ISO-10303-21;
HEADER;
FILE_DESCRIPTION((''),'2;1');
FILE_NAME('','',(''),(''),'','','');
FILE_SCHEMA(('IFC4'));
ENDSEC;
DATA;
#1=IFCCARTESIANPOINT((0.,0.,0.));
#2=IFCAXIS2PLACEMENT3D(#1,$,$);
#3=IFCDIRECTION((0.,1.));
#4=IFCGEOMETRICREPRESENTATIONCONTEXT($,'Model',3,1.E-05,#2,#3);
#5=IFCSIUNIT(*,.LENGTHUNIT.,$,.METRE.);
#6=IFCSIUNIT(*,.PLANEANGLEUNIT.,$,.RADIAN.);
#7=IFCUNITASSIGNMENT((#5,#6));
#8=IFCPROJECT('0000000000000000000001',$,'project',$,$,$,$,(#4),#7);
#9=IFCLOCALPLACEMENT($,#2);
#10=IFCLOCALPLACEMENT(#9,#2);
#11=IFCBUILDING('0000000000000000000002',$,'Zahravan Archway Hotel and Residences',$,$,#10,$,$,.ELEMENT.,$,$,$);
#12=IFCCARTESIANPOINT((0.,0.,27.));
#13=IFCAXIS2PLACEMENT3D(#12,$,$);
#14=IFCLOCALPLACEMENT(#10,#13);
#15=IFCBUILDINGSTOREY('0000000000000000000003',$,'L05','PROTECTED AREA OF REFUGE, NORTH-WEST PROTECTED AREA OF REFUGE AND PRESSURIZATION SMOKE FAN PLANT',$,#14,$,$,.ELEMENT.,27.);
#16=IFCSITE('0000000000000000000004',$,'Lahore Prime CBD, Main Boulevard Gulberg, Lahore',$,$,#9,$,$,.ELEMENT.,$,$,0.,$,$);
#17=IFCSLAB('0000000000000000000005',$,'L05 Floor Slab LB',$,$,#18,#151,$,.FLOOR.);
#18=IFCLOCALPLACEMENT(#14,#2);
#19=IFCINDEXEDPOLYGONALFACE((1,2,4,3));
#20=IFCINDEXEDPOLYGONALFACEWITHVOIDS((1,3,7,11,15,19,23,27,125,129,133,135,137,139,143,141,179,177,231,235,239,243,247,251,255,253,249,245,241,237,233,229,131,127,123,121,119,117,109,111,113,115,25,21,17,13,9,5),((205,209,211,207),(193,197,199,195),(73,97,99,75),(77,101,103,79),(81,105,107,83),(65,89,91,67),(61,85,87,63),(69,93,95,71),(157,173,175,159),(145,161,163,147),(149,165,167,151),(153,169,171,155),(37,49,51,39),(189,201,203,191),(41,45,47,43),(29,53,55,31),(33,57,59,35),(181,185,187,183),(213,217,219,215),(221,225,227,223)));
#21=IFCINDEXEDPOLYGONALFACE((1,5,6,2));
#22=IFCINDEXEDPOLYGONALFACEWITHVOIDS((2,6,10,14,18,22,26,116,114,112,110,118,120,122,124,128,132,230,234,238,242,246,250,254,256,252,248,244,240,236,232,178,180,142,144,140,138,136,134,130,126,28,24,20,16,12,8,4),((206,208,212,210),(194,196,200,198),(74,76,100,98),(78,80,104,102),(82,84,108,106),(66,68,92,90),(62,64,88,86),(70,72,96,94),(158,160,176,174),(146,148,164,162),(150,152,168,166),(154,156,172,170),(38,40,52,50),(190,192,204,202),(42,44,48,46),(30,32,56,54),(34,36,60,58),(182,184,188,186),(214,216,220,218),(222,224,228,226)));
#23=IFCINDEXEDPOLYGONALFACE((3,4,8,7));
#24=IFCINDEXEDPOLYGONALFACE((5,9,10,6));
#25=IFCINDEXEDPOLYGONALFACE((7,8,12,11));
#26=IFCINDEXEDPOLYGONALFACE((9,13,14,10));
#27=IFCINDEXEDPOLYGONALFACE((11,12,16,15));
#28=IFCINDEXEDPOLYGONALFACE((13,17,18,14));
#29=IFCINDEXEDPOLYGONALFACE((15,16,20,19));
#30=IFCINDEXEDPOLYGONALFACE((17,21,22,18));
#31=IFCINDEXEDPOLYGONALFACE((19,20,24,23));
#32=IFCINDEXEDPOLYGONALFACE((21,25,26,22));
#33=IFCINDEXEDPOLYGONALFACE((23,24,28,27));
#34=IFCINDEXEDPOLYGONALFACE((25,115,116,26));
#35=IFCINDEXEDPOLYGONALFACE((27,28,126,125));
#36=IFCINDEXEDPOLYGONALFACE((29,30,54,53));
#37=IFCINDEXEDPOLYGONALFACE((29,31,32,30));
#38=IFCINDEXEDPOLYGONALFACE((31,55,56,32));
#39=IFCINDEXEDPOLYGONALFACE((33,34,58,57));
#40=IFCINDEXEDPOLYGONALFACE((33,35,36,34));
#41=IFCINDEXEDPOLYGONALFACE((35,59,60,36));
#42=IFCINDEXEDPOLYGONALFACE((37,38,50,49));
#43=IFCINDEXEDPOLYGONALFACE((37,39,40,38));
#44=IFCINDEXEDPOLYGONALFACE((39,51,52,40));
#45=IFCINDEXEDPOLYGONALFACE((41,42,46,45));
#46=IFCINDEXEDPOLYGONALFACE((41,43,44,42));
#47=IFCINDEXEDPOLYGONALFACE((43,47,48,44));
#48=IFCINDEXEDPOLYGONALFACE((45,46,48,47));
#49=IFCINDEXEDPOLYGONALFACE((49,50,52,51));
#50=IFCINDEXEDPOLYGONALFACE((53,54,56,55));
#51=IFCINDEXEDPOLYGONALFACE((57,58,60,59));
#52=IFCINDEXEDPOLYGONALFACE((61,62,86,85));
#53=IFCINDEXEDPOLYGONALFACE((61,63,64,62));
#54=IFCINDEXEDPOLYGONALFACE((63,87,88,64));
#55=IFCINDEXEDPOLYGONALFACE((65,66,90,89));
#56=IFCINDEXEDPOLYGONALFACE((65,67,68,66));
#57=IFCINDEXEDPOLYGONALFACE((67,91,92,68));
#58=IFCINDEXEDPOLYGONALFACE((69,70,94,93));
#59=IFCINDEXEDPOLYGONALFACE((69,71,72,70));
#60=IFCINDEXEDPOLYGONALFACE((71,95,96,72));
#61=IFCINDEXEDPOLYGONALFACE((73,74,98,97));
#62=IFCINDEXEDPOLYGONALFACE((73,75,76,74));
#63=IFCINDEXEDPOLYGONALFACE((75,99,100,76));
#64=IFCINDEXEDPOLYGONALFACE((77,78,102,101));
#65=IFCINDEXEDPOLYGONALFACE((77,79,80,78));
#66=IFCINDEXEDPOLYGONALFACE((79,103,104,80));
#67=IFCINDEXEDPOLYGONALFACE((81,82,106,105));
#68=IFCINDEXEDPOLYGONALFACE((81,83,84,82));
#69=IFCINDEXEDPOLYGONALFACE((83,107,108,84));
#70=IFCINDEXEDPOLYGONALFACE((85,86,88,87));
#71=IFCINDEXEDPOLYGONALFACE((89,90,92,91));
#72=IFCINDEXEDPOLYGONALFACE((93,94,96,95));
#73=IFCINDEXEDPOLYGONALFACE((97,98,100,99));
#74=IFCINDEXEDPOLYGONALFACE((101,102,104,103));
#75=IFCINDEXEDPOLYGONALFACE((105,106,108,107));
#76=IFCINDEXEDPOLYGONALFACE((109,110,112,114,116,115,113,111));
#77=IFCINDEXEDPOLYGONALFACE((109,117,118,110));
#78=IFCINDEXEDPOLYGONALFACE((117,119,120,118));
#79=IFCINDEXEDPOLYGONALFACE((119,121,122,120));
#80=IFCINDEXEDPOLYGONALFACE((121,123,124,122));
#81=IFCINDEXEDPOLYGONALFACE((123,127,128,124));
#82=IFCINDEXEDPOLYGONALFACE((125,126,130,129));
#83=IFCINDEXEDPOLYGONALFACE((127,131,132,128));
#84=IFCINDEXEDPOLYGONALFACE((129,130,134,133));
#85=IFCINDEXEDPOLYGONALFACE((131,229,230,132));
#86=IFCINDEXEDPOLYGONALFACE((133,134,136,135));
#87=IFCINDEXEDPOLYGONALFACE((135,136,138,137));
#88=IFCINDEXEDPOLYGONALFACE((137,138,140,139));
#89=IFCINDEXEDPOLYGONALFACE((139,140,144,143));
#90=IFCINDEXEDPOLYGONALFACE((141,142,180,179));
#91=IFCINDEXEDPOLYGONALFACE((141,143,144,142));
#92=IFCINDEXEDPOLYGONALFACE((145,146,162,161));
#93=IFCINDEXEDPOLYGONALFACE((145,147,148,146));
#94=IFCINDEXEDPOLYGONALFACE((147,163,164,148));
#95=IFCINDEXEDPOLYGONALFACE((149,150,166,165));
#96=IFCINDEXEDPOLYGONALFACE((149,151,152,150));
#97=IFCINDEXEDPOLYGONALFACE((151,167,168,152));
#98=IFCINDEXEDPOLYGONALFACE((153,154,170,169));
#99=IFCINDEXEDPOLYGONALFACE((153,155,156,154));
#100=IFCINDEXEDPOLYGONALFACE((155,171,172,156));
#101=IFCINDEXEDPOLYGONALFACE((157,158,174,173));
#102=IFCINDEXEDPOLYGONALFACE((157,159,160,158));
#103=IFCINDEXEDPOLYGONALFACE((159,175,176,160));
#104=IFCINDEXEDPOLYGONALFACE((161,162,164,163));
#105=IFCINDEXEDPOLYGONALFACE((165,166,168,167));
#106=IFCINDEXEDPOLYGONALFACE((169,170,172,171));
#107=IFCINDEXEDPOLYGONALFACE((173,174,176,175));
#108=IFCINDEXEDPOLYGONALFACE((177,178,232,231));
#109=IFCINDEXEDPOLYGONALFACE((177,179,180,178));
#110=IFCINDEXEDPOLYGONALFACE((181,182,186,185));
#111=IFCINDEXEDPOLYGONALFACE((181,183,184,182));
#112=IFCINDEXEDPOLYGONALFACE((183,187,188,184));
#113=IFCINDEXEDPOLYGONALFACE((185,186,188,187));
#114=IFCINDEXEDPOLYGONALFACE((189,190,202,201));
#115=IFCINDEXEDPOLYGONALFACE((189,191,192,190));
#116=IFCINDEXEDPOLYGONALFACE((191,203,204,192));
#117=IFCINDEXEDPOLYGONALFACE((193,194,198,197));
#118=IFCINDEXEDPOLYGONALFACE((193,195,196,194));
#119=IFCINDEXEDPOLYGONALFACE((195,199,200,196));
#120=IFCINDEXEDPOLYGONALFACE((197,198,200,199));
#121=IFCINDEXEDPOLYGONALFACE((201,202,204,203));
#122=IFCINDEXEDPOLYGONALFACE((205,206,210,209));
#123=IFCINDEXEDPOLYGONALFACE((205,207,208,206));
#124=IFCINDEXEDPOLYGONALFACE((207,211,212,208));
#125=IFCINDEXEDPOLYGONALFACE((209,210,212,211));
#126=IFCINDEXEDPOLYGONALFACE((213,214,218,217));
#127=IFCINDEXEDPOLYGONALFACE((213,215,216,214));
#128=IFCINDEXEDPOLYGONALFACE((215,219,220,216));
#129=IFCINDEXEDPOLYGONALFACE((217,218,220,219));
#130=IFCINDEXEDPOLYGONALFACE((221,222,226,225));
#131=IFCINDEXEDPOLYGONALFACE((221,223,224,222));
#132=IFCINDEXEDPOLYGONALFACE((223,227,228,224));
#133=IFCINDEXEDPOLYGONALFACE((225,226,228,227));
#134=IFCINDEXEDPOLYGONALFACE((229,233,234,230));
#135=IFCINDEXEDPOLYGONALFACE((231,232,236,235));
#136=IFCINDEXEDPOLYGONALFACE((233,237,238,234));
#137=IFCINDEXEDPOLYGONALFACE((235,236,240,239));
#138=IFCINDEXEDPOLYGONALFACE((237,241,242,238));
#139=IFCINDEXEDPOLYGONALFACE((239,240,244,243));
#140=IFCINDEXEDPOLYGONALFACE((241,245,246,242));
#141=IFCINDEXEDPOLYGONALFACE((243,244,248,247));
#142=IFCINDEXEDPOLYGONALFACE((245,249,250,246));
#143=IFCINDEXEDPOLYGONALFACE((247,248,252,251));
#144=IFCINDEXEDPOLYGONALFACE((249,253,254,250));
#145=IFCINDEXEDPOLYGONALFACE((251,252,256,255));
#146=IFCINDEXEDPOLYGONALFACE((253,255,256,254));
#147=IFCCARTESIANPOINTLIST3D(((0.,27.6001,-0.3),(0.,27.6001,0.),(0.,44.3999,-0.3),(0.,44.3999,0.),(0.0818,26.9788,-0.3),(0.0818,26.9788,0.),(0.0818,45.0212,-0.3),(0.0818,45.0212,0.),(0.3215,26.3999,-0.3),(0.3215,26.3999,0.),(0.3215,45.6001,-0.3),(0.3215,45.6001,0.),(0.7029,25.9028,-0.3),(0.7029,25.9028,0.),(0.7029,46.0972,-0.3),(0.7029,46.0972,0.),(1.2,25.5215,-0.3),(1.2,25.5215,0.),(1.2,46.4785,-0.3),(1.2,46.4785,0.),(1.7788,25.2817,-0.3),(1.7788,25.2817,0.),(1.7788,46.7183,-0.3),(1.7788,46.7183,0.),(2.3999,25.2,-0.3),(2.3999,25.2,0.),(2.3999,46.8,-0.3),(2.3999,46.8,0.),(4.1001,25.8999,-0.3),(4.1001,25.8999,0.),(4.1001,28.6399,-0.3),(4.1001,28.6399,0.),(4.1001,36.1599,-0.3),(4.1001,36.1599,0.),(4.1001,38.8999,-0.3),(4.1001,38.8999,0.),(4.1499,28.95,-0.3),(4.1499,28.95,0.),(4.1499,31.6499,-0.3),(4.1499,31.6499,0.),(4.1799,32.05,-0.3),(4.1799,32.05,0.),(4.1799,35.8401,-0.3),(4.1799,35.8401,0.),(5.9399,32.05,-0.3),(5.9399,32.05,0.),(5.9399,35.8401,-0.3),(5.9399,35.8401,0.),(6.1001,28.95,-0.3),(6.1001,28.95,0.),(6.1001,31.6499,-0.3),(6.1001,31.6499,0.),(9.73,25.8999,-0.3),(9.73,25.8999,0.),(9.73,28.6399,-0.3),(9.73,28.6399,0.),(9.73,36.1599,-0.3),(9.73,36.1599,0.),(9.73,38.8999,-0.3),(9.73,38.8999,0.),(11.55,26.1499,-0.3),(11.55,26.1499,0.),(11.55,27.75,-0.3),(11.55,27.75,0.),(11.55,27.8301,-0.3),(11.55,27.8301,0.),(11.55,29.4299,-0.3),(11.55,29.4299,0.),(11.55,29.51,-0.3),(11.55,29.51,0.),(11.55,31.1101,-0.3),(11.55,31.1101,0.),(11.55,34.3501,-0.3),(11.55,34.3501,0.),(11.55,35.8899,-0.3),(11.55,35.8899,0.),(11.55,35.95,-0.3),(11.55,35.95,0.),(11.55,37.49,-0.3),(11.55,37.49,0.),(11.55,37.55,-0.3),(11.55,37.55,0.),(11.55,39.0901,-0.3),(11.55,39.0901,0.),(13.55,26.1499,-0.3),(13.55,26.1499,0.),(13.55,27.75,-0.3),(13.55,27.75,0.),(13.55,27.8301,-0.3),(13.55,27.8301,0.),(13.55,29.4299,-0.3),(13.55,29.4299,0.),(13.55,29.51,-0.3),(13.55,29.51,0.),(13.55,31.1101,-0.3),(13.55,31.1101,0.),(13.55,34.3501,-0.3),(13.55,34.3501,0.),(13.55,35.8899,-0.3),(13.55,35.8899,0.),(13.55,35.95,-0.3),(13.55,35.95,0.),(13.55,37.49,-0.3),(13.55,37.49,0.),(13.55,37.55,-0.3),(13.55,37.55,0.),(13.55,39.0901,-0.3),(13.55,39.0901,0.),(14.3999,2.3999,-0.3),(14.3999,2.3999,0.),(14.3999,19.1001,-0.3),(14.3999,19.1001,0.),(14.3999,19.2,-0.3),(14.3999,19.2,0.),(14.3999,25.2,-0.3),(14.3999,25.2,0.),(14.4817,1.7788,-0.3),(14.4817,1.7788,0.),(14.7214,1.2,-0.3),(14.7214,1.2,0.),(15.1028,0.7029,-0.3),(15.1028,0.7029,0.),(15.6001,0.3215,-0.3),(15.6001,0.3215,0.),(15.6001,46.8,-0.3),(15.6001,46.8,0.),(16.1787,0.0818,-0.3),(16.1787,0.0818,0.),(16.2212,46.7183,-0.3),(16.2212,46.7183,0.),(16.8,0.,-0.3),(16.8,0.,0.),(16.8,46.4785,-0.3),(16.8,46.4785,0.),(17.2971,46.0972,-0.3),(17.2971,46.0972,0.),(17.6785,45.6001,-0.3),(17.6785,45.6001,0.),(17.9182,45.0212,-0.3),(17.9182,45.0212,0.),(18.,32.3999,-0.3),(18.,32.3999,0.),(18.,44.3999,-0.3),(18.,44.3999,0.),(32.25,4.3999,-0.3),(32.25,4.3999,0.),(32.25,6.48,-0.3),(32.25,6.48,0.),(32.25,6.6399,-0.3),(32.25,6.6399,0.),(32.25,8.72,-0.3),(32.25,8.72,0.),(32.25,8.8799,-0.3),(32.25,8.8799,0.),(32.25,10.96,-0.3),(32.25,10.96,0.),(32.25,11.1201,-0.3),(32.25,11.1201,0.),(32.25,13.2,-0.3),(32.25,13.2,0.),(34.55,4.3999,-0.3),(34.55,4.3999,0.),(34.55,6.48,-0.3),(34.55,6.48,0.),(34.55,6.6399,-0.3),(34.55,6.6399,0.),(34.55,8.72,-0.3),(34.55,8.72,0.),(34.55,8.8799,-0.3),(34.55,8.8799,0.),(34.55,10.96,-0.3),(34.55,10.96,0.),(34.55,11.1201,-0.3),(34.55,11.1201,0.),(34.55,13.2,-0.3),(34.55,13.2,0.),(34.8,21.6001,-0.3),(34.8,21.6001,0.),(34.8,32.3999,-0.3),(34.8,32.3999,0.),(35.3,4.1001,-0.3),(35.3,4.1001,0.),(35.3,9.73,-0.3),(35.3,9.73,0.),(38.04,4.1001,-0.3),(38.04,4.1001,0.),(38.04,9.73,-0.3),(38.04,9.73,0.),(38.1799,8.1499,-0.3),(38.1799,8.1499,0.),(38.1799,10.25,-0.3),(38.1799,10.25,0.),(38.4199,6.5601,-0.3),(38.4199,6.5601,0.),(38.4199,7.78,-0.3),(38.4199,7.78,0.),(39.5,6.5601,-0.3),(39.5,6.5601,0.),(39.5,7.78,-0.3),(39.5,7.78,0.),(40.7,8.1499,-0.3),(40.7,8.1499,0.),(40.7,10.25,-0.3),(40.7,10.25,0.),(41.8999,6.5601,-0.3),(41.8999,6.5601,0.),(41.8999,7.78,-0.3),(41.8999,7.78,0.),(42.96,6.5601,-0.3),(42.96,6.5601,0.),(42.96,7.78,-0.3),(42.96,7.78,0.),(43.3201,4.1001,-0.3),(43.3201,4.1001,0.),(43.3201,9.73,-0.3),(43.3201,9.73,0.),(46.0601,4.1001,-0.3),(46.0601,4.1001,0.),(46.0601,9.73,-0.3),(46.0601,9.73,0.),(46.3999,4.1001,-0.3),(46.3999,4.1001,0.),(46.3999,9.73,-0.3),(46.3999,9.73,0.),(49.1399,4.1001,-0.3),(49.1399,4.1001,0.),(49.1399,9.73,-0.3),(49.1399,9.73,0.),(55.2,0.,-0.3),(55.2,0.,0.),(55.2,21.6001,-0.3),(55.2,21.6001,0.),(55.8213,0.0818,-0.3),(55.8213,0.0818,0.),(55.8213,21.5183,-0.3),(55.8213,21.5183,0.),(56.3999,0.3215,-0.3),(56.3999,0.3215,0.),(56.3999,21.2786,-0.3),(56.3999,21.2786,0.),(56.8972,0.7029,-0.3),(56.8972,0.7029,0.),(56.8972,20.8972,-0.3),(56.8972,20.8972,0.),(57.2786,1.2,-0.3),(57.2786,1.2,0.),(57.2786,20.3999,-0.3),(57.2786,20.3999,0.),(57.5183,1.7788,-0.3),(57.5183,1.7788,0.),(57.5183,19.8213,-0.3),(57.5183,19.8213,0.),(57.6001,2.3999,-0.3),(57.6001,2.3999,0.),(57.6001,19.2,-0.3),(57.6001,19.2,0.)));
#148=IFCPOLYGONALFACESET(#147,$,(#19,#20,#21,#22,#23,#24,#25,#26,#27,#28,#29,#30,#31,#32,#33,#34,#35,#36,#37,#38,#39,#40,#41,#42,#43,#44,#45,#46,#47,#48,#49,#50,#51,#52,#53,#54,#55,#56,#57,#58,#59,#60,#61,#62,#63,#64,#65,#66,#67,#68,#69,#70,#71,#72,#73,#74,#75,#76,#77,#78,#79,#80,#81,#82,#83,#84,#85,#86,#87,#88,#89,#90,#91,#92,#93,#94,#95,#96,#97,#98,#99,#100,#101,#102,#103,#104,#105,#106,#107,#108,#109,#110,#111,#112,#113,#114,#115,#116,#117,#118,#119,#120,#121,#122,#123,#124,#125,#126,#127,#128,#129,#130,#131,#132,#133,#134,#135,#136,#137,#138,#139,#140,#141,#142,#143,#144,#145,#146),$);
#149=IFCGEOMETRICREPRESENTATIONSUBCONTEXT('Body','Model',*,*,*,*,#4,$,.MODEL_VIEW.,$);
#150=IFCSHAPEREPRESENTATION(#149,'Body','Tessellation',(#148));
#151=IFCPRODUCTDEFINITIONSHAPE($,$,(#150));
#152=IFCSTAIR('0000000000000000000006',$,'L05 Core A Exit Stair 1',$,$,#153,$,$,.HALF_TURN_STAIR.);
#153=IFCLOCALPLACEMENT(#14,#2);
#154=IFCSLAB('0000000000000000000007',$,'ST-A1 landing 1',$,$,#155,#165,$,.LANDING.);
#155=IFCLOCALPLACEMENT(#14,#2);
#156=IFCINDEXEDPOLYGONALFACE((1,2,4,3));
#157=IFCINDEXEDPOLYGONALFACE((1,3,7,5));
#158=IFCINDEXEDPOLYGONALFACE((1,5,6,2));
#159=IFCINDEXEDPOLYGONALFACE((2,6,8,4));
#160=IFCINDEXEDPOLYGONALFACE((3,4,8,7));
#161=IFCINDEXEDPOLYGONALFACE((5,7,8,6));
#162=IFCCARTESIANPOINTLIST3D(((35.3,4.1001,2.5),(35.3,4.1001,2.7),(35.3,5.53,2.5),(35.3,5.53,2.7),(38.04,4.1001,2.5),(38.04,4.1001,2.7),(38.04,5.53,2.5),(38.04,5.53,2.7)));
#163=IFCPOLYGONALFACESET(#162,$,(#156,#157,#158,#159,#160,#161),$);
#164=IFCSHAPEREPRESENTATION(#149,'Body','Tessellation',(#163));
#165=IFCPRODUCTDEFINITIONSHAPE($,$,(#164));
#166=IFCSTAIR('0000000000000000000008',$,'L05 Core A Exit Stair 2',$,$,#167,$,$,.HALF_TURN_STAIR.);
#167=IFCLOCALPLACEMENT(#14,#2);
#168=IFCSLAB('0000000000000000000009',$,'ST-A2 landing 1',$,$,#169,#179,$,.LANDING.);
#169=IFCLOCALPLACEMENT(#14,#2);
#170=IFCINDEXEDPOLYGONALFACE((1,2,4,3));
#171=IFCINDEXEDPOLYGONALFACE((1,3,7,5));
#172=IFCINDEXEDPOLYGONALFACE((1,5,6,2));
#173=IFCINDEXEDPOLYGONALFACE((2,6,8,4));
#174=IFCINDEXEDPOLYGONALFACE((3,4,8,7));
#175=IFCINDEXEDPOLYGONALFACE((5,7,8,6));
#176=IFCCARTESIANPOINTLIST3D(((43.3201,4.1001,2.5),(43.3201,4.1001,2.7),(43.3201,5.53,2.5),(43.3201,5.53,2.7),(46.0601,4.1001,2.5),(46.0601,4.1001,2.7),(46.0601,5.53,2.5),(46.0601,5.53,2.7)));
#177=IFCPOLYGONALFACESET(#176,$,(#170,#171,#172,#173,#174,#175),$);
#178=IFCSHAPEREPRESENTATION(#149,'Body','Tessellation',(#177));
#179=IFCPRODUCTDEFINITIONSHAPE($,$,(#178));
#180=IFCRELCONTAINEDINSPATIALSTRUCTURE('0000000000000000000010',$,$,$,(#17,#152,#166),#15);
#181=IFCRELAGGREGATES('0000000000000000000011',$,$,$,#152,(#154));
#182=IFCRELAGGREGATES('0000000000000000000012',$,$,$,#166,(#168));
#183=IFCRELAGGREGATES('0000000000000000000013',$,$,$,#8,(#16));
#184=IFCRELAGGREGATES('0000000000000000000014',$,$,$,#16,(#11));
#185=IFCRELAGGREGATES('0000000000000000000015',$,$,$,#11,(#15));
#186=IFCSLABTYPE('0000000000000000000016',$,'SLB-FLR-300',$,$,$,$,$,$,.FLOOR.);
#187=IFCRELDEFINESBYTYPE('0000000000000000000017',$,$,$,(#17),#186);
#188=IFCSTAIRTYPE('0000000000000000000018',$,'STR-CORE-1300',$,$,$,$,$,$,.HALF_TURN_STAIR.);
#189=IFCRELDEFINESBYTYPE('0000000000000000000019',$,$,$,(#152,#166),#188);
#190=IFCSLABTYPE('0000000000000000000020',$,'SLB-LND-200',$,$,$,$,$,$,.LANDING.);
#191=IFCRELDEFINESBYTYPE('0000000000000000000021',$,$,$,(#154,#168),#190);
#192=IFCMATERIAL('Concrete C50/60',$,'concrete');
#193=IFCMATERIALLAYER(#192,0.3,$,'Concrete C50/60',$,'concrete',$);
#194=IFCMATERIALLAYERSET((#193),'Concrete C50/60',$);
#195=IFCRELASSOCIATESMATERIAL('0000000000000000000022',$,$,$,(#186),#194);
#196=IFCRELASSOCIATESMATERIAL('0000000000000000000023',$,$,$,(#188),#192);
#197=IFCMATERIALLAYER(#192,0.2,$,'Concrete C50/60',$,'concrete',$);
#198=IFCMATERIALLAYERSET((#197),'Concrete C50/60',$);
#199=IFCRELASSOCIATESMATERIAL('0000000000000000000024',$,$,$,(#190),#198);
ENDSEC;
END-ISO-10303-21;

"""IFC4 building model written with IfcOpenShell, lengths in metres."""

from ifc_helpers import new_model, si_unit, direction, frame, origin, place, context, subcontext, project, spatial, polyline, outline, extrude, material, layer, layer_set, type_object, element, aggregate, save


model = new_model("IFC4")

# Units and contexts
model_context = context("Model", 3, precision=1e-05, world=origin(), true_north=direction((0.0, 1.0)))
body_context = subcontext(model_context, "Body", "Model", "MODEL_VIEW")
ifc_project = project(units=[si_unit("LENGTHUNIT", "METRE"), si_unit("PLANEANGLEUNIT", "RADIAN")], contexts=[model_context])

# Site, building, storey
site_placement = place(None, origin())
site = spatial("IfcSite", under=ifc_project, at=site_placement, Name="Lahore Prime CBD, Main Boulevard Gulberg, Lahore", CompositionType="ELEMENT", RefElevation=0.0)
building_placement = place(site_placement, origin())
building = spatial("IfcBuilding", under=site, at=building_placement, Name="Zahravan Archway Hotel and Residences", CompositionType="ELEMENT")
storey_placement = place(building_placement, frame((0.0, 0.0, 27.0)))
storey = spatial("IfcBuildingStorey", under=building, at=storey_placement, Name="L05", Description="PROTECTED AREA OF REFUGE, NORTH-WEST PROTECTED AREA OF REFUGE AND PRESSURIZATION SMOKE FAN PLANT", CompositionType="ELEMENT", Elevation=27.0)

# Slab
ifc_material_1 = material(Name="Concrete C50/60", Category="concrete")
ifc_layer_1 = layer(ifc_material_1, 0.3, Name="Concrete C50/60", Category="concrete")
ifc_layer_set_1 = layer_set([ifc_layer_1], Name="Concrete C50/60")
slab_type_1 = type_object("IfcSlabType", Name="SLB-FLR-300", PredefinedType="FLOOR", material=ifc_layer_set_1)
slab_1_placement = place(storey_placement, frame((0.0, 0.0, -0.3)))
element("IfcSlab", 1, at=slab_1_placement, inside=storey, type_object=slab_type_1, Name="L05 Floor Slab LB", PredefinedType="FLOOR", context=body_context, shape_type="SweptSolid", body=[
    extrude(outline(polyline([(34.8, 21.6001), (34.8, 32.3999), (18.0, 32.3999), (18.0, 44.3999), (17.9182, 45.0212), (17.6785, 45.6001), (17.2971, 46.0972), (16.8, 46.4785), (16.2212, 46.7183), (15.6001, 46.8), (2.3999, 46.8), (1.7788, 46.7183), (1.2, 46.4785), (0.7029, 46.0972), (0.3215, 45.6001), (0.0818, 45.0212), (0.0, 44.3999), (0.0, 27.6001), (0.0818, 26.9788), (0.3215, 26.3999), (0.7029, 25.9028), (1.2, 25.5215), (1.7788, 25.2817), (2.3999, 25.2), (14.3999, 25.2), (14.3999, 19.2), (14.3999, 19.1001), (14.3999, 2.3999), (14.4817, 1.7788), (14.7214, 1.2), (15.1028, 0.7029), (15.6001, 0.3215), (16.1787, 0.0818), (16.8, 0.0), (55.2, 0.0), (55.8213, 0.0818), (56.3999, 0.3215), (56.8972, 0.7029), (57.2786, 1.2), (57.5183, 1.7788), (57.6001, 2.3999), (57.6001, 19.2), (57.5183, 19.8213), (57.2786, 20.3999), (56.8972, 20.8972), (56.3999, 21.2786), (55.8213, 21.5183), (55.2, 21.6001), (34.8, 21.6001)]), holes=[polyline([(35.3, 9.73), (35.3, 4.1001), (38.04, 4.1001), (38.04, 9.73), (35.3, 9.73)]), polyline([(43.3201, 9.73), (43.3201, 4.1001), (46.0601, 4.1001), (46.0601, 9.73), (43.3201, 9.73)]), polyline([(46.3999, 9.73), (46.3999, 4.1001), (49.1399, 4.1001), (49.1399, 9.73), (46.3999, 9.73)]), polyline([(9.73, 28.6399), (4.1001, 28.6399), (4.1001, 25.8999), (9.73, 25.8999), (9.73, 28.6399)]), polyline([(9.73, 38.8999), (4.1001, 38.8999), (4.1001, 36.1599), (9.73, 36.1599), (9.73, 38.8999)]), polyline([(38.1799, 8.1499), (40.7, 8.1499), (40.7, 10.25), (38.1799, 10.25), (38.1799, 8.1499)]), polyline([(4.1499, 28.95), (6.1001, 28.95), (6.1001, 31.6499), (4.1499, 31.6499), (4.1499, 28.95)]), polyline([(11.55, 26.1499), (13.55, 26.1499), (13.55, 27.75), (11.55, 27.75), (11.55, 26.1499)]), polyline([(11.55, 27.8301), (13.55, 27.8301), (13.55, 29.4299), (11.55, 29.4299), (11.55, 27.8301)]), polyline([(11.55, 29.51), (13.55, 29.51), (13.55, 31.1101), (11.55, 31.1101), (11.55, 29.51)]), polyline([(11.55, 34.3501), (13.55, 34.3501), (13.55, 35.8899), (11.55, 35.8899), (11.55, 34.3501)]), polyline([(11.55, 35.95), (13.55, 35.95), (13.55, 37.49), (11.55, 37.49), (11.55, 35.95)]), polyline([(11.55, 37.55), (13.55, 37.55), (13.55, 39.0901), (11.55, 39.0901), (11.55, 37.55)]), polyline([(32.25, 4.3999), (34.55, 4.3999), (34.55, 6.48), (32.25, 6.48), (32.25, 4.3999)]), polyline([(32.25, 6.6399), (34.55, 6.6399), (34.55, 8.72), (32.25, 8.72), (32.25, 6.6399)]), polyline([(32.25, 8.8799), (34.55, 8.8799), (34.55, 10.96), (32.25, 10.96), (32.25, 8.8799)]), polyline([(32.25, 11.1201), (34.55, 11.1201), (34.55, 13.2), (32.25, 13.2), (32.25, 11.1201)]), polyline([(38.4199, 6.5601), (39.5, 6.5601), (39.5, 7.78), (38.4199, 7.78), (38.4199, 6.5601)]), polyline([(41.8999, 6.5601), (42.96, 6.5601), (42.96, 7.78), (41.8999, 7.78), (41.8999, 6.5601)]), polyline([(4.1799, 32.05), (5.9399, 32.05), (5.9399, 35.8401), (4.1799, 35.8401), (4.1799, 32.05)])]), origin(), (0.0, 0.0, 1.0), 0.3),
])

# Stairs, slabs
stair_type = type_object("IfcStairType", Name="STR-CORE-1300", PredefinedType="HALF_TURN_STAIR", material=ifc_material_1)
stair_1_placement = place(storey_placement, origin())
stair_1 = element("IfcStair", 2, at=stair_1_placement, inside=storey, type_object=stair_type, Name="L05 Core A Exit Stair 1", PredefinedType="HALF_TURN_STAIR")
ifc_layer_2 = layer(ifc_material_1, 0.2, Name="Concrete C50/60", Category="concrete")
ifc_layer_set_2 = layer_set([ifc_layer_2], Name="Concrete C50/60")
slab_type_2 = type_object("IfcSlabType", Name="SLB-LND-200", PredefinedType="LANDING", material=ifc_layer_set_2)
slab_2_placement = place(storey_placement, frame((0.0, 0.0, 2.5)))
slab_2 = element("IfcSlab", 3, at=slab_2_placement, type_object=slab_type_2, Name="ST-A1 landing 1", PredefinedType="LANDING", context=body_context, shape_type="SweptSolid", body=[
    extrude(outline(polyline([(35.3, 5.53), (35.3, 4.1001), (38.04, 4.1001), (38.04, 5.53), (35.3, 5.53)])), origin(), (0.0, 0.0, 1.0), 0.2),
])
aggregate(stair_1, [slab_2])
stair_2_placement = place(storey_placement, origin())
stair_2 = element("IfcStair", 4, at=stair_2_placement, inside=storey, type_object=stair_type, Name="L05 Core A Exit Stair 2", PredefinedType="HALF_TURN_STAIR")
slab_3_placement = place(storey_placement, frame((0.0, 0.0, 2.5)))
slab_3 = element("IfcSlab", 5, at=slab_3_placement, type_object=slab_type_2, Name="ST-A2 landing 1", PredefinedType="LANDING", context=body_context, shape_type="SweptSolid", body=[
    extrude(outline(polyline([(43.3201, 5.53), (43.3201, 4.1001), (46.0601, 4.1001), (46.0601, 5.53), (43.3201, 5.53)])), origin(), (0.0, 0.0, 1.0), 0.2),
])
aggregate(stair_2, [slab_3])

save(model, "model.ifc")
